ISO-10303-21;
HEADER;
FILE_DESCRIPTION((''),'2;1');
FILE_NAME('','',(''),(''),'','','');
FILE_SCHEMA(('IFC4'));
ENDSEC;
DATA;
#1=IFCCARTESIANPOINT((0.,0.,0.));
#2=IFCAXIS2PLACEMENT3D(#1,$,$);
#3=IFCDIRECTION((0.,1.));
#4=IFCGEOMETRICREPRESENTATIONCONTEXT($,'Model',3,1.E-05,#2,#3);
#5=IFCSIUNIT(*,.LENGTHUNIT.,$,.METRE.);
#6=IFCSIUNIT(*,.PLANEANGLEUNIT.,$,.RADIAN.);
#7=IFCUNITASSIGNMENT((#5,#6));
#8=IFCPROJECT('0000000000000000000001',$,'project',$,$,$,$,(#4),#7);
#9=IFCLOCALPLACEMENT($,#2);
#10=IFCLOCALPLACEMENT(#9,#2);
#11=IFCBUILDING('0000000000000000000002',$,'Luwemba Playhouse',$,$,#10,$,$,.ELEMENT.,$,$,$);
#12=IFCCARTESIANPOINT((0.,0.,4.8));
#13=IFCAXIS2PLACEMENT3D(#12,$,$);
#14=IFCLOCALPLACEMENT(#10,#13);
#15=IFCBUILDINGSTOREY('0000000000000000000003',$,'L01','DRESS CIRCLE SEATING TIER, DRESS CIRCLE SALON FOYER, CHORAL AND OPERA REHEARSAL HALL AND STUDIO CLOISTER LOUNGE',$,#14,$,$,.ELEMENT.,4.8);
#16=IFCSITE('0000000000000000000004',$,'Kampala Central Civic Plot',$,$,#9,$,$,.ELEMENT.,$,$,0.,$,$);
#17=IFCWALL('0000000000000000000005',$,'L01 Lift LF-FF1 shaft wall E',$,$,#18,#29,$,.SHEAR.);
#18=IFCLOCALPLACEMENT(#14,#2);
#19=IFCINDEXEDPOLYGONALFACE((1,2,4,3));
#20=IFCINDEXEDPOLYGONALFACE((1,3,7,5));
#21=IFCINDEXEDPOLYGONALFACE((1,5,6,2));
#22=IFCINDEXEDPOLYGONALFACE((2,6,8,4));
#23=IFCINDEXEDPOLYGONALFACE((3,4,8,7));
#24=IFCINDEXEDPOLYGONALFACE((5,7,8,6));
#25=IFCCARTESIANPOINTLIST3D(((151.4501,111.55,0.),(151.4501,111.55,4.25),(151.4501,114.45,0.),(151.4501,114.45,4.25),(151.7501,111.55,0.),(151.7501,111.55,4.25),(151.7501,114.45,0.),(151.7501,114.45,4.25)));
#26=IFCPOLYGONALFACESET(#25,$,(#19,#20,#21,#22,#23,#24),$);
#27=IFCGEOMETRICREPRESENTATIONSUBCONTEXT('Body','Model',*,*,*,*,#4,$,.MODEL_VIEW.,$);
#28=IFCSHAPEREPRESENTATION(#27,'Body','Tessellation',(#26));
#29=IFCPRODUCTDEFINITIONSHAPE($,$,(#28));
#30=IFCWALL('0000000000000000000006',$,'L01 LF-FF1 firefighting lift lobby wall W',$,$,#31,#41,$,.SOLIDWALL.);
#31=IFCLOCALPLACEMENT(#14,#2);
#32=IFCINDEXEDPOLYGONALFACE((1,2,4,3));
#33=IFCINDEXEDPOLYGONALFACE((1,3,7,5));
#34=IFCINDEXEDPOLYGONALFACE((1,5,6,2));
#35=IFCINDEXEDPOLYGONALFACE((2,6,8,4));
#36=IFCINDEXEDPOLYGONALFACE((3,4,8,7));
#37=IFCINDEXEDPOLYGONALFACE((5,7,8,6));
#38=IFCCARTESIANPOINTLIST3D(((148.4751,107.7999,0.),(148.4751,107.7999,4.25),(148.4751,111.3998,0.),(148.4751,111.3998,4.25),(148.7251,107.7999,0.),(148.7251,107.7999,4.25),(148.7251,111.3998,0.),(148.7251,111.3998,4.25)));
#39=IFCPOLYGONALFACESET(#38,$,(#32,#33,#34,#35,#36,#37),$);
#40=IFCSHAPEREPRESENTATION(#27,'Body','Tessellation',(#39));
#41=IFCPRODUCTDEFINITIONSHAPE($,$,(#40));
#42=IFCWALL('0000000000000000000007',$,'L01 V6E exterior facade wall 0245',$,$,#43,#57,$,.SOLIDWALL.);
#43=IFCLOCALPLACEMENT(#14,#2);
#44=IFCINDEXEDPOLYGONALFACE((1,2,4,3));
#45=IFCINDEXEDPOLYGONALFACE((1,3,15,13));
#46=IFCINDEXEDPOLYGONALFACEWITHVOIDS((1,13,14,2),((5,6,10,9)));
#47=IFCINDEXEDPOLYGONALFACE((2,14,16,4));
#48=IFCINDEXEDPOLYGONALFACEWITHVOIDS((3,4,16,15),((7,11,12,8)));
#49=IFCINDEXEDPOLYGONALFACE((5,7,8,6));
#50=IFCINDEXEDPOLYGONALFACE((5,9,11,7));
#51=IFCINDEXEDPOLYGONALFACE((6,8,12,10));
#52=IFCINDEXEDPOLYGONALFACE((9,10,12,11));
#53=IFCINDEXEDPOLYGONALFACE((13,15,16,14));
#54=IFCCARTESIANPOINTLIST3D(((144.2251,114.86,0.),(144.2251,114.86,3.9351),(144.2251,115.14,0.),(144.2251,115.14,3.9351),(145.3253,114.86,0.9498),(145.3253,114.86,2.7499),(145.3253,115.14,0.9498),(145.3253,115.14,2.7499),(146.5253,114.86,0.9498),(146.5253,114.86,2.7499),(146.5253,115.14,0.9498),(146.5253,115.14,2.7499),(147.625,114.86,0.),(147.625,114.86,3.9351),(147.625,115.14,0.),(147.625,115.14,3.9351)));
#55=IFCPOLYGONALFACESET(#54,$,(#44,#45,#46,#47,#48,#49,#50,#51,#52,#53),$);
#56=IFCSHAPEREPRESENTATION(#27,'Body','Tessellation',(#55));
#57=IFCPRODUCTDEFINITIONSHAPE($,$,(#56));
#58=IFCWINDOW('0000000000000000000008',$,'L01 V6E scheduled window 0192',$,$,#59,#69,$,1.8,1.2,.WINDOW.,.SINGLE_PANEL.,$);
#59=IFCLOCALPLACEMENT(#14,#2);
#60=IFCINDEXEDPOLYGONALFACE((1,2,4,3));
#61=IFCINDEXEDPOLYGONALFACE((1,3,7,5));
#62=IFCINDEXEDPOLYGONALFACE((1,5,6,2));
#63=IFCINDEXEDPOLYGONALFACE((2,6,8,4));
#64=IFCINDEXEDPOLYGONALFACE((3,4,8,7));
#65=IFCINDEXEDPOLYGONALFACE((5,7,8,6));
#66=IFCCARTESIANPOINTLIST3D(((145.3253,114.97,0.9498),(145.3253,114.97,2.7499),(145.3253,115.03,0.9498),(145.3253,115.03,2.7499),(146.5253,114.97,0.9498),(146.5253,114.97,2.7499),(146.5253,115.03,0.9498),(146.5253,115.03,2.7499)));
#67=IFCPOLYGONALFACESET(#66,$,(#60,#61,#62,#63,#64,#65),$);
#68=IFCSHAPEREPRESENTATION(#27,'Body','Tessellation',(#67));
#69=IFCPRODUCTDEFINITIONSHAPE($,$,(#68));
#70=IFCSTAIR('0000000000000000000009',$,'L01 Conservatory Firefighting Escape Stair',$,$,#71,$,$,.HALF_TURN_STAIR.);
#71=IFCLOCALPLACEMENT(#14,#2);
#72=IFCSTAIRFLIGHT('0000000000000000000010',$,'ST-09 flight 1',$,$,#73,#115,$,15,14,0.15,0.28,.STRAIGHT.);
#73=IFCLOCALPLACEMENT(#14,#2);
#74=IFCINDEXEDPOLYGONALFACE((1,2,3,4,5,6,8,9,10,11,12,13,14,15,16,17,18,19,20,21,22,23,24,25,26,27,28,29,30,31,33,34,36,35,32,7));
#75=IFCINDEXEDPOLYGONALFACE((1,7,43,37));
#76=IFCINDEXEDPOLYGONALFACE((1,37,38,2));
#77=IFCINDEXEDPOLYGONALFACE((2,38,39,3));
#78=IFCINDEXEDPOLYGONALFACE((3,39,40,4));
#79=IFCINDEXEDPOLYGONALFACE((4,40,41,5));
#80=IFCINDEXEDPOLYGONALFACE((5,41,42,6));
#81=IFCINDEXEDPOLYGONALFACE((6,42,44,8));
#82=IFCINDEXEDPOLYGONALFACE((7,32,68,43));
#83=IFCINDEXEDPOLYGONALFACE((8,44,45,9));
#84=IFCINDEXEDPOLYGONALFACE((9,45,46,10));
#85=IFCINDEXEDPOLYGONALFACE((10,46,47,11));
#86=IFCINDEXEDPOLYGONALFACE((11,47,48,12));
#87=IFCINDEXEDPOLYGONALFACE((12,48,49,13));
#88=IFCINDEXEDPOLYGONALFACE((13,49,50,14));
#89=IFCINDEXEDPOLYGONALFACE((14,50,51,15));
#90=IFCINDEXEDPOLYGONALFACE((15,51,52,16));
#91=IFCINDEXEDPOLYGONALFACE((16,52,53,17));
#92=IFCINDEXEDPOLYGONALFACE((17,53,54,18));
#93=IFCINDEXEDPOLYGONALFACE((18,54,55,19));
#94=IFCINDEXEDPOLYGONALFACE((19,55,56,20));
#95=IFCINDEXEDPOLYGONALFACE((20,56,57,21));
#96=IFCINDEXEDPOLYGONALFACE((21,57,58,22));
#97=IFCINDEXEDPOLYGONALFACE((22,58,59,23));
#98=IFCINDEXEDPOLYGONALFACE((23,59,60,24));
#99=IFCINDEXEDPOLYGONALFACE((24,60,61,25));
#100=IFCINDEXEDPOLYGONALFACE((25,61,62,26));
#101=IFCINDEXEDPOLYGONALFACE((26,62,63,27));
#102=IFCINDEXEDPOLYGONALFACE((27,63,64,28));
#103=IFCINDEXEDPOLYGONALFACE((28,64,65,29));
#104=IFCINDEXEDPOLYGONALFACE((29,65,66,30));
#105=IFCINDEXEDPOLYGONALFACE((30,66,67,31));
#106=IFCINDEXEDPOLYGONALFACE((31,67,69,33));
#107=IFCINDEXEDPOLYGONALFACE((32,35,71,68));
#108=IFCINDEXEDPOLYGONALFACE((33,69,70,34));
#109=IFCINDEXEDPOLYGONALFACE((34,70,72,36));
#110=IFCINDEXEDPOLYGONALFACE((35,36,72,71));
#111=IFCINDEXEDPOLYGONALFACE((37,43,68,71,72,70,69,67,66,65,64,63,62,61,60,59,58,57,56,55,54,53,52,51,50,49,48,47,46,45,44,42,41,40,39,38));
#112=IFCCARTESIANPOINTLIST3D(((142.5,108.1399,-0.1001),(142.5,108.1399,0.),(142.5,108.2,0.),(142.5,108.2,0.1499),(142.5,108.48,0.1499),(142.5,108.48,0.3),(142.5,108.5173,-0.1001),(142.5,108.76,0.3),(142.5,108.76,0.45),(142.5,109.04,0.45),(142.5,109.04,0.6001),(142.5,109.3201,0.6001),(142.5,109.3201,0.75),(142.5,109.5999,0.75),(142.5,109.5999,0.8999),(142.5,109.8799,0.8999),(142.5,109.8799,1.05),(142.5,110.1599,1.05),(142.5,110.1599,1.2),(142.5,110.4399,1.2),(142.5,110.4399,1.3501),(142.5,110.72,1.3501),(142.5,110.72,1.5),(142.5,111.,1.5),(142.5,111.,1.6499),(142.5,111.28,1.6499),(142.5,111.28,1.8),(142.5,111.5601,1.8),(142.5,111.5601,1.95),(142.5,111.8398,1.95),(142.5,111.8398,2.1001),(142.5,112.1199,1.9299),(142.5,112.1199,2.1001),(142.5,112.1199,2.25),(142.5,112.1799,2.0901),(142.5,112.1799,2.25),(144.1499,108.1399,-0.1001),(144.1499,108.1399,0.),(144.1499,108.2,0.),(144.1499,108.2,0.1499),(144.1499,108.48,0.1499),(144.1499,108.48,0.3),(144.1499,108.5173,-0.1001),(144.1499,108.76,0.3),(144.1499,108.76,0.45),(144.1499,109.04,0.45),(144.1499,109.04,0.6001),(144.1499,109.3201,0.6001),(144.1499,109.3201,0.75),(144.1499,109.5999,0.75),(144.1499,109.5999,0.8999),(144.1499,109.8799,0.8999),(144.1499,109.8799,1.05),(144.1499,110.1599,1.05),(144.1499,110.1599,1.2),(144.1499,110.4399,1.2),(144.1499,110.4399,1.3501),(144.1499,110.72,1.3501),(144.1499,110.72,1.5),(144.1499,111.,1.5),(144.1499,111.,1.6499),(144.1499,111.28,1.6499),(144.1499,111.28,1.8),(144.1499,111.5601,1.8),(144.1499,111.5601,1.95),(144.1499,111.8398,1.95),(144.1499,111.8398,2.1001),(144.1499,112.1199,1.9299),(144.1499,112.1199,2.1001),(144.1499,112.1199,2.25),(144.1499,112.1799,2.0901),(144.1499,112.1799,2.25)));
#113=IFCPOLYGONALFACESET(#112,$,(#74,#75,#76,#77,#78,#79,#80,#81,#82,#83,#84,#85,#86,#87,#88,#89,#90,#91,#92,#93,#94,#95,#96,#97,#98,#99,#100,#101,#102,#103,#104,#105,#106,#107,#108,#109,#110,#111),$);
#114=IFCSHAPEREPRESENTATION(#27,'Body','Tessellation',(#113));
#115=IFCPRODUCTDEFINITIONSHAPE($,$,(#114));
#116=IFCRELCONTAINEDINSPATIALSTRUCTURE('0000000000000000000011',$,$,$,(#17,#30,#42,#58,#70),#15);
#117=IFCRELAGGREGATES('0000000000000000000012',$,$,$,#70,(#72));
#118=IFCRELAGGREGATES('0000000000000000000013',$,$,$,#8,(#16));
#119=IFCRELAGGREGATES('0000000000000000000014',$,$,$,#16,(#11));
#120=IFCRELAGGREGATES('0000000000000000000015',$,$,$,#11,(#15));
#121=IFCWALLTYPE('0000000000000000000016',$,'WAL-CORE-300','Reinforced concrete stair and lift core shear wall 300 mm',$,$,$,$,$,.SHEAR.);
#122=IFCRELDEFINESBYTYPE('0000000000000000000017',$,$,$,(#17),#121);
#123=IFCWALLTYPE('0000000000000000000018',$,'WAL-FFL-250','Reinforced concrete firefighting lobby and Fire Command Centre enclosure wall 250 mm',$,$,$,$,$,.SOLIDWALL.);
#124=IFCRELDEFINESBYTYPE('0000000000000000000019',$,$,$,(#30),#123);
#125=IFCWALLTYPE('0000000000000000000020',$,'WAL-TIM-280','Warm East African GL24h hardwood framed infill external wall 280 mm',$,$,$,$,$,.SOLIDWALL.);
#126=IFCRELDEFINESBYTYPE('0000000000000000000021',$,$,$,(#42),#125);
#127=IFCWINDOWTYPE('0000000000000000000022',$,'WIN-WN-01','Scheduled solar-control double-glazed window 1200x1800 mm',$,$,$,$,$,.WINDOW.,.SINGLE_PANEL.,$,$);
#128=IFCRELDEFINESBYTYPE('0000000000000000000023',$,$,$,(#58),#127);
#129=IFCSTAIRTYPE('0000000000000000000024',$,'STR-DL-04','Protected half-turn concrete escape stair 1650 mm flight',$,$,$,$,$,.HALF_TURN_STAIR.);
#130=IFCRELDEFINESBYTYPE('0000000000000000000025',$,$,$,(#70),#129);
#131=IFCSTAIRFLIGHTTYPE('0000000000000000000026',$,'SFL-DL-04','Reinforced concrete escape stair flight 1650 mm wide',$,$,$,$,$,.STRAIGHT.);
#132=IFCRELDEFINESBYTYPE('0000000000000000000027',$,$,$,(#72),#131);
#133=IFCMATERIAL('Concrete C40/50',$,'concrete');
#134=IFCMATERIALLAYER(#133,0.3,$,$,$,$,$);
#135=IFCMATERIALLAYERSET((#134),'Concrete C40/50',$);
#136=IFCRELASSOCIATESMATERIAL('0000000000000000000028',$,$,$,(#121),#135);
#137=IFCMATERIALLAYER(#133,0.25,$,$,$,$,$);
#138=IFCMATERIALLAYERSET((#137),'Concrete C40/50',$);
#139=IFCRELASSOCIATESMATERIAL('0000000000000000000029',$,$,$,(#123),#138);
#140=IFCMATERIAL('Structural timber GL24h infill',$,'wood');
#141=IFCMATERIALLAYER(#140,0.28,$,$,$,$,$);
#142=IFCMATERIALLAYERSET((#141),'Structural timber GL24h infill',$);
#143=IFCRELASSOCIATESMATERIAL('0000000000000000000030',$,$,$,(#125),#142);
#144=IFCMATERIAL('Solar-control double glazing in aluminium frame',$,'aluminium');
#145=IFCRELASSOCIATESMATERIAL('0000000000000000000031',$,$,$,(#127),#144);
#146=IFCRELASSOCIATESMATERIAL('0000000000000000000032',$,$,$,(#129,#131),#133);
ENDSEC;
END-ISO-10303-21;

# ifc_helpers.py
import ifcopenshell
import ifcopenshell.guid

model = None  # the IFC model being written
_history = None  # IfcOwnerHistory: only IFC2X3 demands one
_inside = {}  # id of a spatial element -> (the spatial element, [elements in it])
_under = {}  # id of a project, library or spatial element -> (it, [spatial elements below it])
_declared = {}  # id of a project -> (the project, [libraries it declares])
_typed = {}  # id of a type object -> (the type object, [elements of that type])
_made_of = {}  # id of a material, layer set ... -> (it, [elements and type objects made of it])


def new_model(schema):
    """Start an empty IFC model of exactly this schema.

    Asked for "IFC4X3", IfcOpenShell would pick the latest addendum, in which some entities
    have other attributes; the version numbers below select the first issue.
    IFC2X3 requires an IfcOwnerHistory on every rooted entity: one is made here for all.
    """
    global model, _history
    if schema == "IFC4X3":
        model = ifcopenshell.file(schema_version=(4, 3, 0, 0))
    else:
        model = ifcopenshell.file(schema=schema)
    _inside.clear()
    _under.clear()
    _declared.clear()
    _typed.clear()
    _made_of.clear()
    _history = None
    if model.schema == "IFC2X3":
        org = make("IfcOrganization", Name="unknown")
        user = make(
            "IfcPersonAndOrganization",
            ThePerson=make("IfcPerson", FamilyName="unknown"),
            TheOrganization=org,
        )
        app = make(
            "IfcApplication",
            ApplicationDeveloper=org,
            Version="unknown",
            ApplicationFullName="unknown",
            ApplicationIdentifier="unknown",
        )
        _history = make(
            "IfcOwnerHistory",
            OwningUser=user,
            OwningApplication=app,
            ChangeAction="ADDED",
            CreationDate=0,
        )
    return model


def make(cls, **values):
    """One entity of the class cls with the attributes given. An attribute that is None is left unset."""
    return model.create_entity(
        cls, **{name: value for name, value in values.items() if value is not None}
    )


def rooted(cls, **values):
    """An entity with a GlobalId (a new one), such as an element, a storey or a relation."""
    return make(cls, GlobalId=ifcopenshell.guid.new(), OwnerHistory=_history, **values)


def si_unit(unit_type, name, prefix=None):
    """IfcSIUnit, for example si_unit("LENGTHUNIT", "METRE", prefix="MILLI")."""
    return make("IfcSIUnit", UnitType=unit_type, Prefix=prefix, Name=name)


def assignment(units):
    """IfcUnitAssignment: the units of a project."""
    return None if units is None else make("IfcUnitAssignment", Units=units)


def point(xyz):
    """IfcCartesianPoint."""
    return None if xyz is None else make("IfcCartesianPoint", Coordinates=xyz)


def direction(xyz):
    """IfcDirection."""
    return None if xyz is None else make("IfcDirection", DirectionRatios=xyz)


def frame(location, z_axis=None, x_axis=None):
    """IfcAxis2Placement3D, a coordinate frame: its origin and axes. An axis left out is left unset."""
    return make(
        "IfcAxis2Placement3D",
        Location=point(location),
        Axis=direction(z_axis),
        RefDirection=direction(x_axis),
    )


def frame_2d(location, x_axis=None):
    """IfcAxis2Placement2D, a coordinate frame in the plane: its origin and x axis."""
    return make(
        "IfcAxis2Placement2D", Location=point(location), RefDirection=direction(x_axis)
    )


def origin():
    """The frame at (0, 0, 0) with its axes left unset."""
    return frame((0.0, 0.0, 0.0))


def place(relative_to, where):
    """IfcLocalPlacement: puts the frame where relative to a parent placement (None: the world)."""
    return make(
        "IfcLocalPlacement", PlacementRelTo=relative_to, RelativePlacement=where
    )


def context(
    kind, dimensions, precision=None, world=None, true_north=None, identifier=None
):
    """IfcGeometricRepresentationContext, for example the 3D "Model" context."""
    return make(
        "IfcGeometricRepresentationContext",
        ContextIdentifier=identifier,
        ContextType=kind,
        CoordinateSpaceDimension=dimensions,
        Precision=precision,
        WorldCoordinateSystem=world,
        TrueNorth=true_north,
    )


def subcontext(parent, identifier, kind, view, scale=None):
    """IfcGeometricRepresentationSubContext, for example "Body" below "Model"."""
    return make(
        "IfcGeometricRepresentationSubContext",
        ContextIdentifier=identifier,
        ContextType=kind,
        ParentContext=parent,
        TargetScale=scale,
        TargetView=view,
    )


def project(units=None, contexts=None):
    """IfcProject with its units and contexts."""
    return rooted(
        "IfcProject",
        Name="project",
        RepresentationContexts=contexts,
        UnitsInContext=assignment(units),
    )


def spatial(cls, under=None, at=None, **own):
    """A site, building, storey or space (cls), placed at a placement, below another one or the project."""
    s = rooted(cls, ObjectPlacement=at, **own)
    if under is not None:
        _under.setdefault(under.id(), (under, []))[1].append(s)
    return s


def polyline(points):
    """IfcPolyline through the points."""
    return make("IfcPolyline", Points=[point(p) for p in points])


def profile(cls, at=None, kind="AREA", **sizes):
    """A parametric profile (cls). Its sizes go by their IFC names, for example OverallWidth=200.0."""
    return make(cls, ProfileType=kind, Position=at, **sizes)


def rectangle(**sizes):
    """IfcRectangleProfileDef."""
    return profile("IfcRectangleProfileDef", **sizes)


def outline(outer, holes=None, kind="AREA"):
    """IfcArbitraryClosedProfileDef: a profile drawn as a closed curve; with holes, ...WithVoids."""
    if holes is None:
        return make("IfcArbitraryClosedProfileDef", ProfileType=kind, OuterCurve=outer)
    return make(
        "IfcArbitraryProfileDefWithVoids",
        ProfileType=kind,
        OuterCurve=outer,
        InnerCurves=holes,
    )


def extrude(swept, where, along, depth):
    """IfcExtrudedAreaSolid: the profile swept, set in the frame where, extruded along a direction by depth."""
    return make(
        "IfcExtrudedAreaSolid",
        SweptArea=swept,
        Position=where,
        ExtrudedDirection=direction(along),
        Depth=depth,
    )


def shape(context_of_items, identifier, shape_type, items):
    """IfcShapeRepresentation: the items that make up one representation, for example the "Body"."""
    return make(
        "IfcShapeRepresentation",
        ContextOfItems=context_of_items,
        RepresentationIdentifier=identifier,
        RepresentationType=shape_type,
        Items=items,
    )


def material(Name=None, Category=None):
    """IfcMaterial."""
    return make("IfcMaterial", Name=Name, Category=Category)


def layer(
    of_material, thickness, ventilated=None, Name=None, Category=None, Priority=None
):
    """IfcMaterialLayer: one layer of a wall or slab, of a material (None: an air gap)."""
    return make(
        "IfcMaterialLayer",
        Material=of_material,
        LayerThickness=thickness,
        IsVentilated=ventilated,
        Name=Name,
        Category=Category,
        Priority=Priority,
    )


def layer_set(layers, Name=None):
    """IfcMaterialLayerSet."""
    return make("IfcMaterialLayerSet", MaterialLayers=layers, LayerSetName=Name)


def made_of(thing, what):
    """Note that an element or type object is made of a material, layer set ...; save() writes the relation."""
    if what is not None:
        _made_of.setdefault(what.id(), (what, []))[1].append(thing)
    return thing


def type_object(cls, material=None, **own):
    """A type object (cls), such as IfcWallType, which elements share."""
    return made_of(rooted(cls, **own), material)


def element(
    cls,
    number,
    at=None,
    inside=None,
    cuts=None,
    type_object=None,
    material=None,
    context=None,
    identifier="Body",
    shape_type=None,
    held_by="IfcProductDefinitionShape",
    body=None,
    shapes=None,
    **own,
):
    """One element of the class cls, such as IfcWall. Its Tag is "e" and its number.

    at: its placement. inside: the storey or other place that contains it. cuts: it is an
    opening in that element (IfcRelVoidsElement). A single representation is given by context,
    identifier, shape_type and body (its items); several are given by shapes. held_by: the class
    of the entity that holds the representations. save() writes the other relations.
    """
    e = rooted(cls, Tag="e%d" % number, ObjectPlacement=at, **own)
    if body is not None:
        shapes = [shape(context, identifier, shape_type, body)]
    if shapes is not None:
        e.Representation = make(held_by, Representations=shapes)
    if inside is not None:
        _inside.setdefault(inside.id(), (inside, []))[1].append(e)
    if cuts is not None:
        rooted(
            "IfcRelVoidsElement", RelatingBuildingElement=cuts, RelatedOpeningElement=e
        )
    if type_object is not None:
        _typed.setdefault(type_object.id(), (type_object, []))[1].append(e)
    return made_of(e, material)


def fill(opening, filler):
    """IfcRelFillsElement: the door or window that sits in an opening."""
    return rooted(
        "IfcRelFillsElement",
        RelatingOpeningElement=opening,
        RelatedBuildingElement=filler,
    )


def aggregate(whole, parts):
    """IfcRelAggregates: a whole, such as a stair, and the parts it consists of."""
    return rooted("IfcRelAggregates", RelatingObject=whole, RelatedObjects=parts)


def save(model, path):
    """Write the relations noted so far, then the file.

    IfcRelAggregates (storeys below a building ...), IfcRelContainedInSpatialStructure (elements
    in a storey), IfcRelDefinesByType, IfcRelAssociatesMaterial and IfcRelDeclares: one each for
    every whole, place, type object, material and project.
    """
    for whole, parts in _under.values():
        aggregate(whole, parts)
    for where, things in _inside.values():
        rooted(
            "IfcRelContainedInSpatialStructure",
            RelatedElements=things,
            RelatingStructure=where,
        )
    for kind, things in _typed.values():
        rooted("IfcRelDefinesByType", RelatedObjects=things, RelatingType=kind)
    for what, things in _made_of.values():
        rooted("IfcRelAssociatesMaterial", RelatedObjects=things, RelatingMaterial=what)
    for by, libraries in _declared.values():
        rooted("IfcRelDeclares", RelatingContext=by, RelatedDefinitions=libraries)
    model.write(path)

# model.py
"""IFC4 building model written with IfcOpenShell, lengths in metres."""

from ifc_helpers import new_model, si_unit, direction, frame, frame_2d, origin, place, context, subcontext, project, spatial, polyline, rectangle, outline, extrude, material, layer, layer_set, type_object, element, fill, aggregate, save


model = new_model("IFC4")

# Units and contexts
model_context = context("Model", 3, precision=1e-05, world=origin(), true_north=direction((0.0, 1.0)))
body_context = subcontext(model_context, "Body", "Model", "MODEL_VIEW")
ifc_project = project(units=[si_unit("LENGTHUNIT", "METRE"), si_unit("PLANEANGLEUNIT", "RADIAN")], contexts=[model_context])

# Site, building, storey
site_placement = place(None, origin())
site = spatial("IfcSite", under=ifc_project, at=site_placement, Name="Kampala Central Civic Plot", CompositionType="ELEMENT", RefElevation=0.0)
building_placement = place(site_placement, origin())
building = spatial("IfcBuilding", under=site, at=building_placement, Name="Luwemba Playhouse", CompositionType="ELEMENT")
storey_placement = place(building_placement, frame((0.0, 0.0, 4.8)))
storey = spatial("IfcBuildingStorey", under=building, at=storey_placement, Name="L01", Description="DRESS CIRCLE SEATING TIER, DRESS CIRCLE SALON FOYER, CHORAL AND OPERA REHEARSAL HALL AND STUDIO CLOISTER LOUNGE", CompositionType="ELEMENT", Elevation=4.8)

# Shared definitions
ifc_material_1 = material(Name="Concrete C40/50", Category="concrete")

# Shared definitions
ifc_material_2 = material(Name="Solar-control double glazing in aluminium frame", Category="aluminium")

# Shared definitions
ifc_layer_1 = layer(ifc_material_1, 0.3)
ifc_layer_set_1 = layer_set([ifc_layer_1], Name="Concrete C40/50")
wall_type_1 = type_object("IfcWallType", Name="WAL-CORE-300", Description="Reinforced concrete stair and lift core shear wall 300 mm", PredefinedType="SHEAR", material=ifc_layer_set_1)

# Walls
for number, where, z_axis, x_axis, name in (
    (1, (151.6001, 114.45, 0.0), (0.0, 0.0, 1.0), (0.0, -1.0, 0.0), "L01 Lift LF-FF1 shaft wall E"),
):
    element("IfcWall", number, at=place(storey_placement, frame(where, z_axis=z_axis, x_axis=x_axis)), inside=storey, type_object=wall_type_1, Name=name, PredefinedType="SHEAR", context=body_context, shape_type="SweptSolid", body=[
        extrude(rectangle(XDim=2.8999, YDim=0.3, at=frame_2d((1.45, 0.0))), origin(), (0.0, 0.0, 1.0), 4.25),
    ])
ifc_layer_2 = layer(ifc_material_1, 0.25)
ifc_layer_set_2 = layer_set([ifc_layer_2], Name="Concrete C40/50")
wall_type_2 = type_object("IfcWallType", Name="WAL-FFL-250", Description="Reinforced concrete firefighting lobby and Fire Command Centre enclosure wall 250 mm", PredefinedType="SOLIDWALL", material=ifc_layer_set_2)
wall_1_placement = place(storey_placement, frame((148.6001, 107.8, 0.0), z_axis=(0.0, 0.0, 1.0), x_axis=(0.0, 1.0, 0.0)))
element("IfcWall", 2, at=wall_1_placement, inside=storey, type_object=wall_type_2, Name="L01 LF-FF1 firefighting lift lobby wall W", PredefinedType="SOLIDWALL", context=body_context, shape_type="SweptSolid", body=[
    extrude(rectangle(XDim=3.5999, YDim=0.25, at=frame_2d((1.7998, 0.0))), origin(), (0.0, 0.0, 1.0), 4.25),
])

# Wall, opening, window
ifc_material_3 = material(Name="Structural timber GL24h infill", Category="wood")
ifc_layer_3 = layer(ifc_material_3, 0.28)
ifc_layer_set_3 = layer_set([ifc_layer_3], Name="Structural timber GL24h infill")
wall_type_3 = type_object("IfcWallType", Name="WAL-TIM-280", Description="Warm East African GL24h hardwood framed infill external wall 280 mm", PredefinedType="SOLIDWALL", material=ifc_layer_set_3)
wall_2_placement = place(storey_placement, frame((144.2251, 115.0, 0.0), z_axis=(0.0, 0.0, 1.0), x_axis=(1.0, 0.0, 0.0)))
wall_2 = element("IfcWall", 3, at=wall_2_placement, inside=storey, type_object=wall_type_3, Name="L01 V6E exterior facade wall 0245", PredefinedType="SOLIDWALL", context=body_context, shape_type="SweptSolid", body=[
    extrude(rectangle(XDim=3.3999, YDim=0.28, at=frame_2d((1.7, 0.0))), origin(), (0.0, 0.0, 1.0), 3.9351),
])
opening_1_placement = place(wall_2_placement, frame((1.1001, 0.0, 0.95)))
opening_1 = element("IfcOpeningElement", 4, at=opening_1_placement, cuts=wall_2, PredefinedType="OPENING", context=body_context, shape_type="SweptSolid", body=[
    extrude(rectangle(XDim=1.2, YDim=1.8, at=frame_2d((0.6001, 0.8999))), frame((0.0, 0.1499, 0.0), z_axis=(0.0, -1.0, 0.0), x_axis=(1.0, 0.0, 0.0)), (0.0, 0.0, 1.0), 0.3),
])
window_type_1 = type_object("IfcWindowType", Name="WIN-WN-01", Description="Scheduled solar-control double-glazed window 1200x1800 mm", PartitioningType="SINGLE_PANEL", PredefinedType="WINDOW", material=ifc_material_2)
window_1_placement = place(opening_1_placement, origin())
window_1 = element("IfcWindow", 5, at=window_1_placement, inside=storey, type_object=window_type_1, Name="L01 V6E scheduled window 0192", OverallHeight=1.8, OverallWidth=1.2, PartitioningType="SINGLE_PANEL", PredefinedType="WINDOW", context=body_context, shape_type="SweptSolid", body=[
    extrude(rectangle(XDim=1.2, YDim=1.8, at=frame_2d((0.6001, 0.8999))), frame((0.0, 0.03, 0.0), z_axis=(0.0, -1.0, 0.0), x_axis=(1.0, 0.0, 0.0)), (0.0, 0.0, 1.0), 0.0601),
])
fill(opening_1, window_1)

# Stair, stair flight
stair_type = type_object("IfcStairType", Name="STR-DL-04", Description="Protected half-turn concrete escape stair 1650 mm flight", PredefinedType="HALF_TURN_STAIR", material=ifc_material_1)
stair_placement = place(storey_placement, origin())
stair = element("IfcStair", 6, at=stair_placement, inside=storey, type_object=stair_type, Name="L01 Conservatory Firefighting Escape Stair", PredefinedType="HALF_TURN_STAIR")
stair_flight_type = type_object("IfcStairFlightType", Name="SFL-DL-04", Description="Reinforced concrete escape stair flight 1650 mm wide", PredefinedType="STRAIGHT", material=ifc_material_1)
stair_flight_placement = place(storey_placement, frame((143.325, 108.2, 0.0), z_axis=(0.0, 0.0, 1.0), x_axis=(0.0, 1.0, 0.0)))
stair_flight = element("IfcStairFlight", 7, at=stair_flight_placement, type_object=stair_flight_type, Name="ST-09 flight 1", NumberOfRisers=15, NumberOfTreads=14, PredefinedType="STRAIGHT", RiserHeight=0.15, TreadLength=0.28, context=body_context, shape_type="SweptSolid", body=[
    extrude(outline(polyline([(-0.0601, -0.1001), (-0.0601, 0.0), (0.0, 0.0), (0.0, 0.1499), (0.28, 0.1499), (0.28, 0.3), (0.5601, 0.3), (0.5601, 0.45), (0.8401, 0.45), (0.8401, 0.6001), (1.1201, 0.6001), (1.1201, 0.75), (1.3999, 0.75), (1.3999, 0.8999), (1.6799, 0.8999), (1.6799, 1.05), (1.96, 1.05), (1.96, 1.2), (2.24, 1.2), (2.24, 1.3501), (2.52, 1.3501), (2.52, 1.5), (2.8, 1.5), (2.8, 1.6499), (3.0801, 1.6499), (3.0801, 1.8), (3.3601, 1.8), (3.3601, 1.95), (3.6399, 1.95), (3.6399, 2.1001), (3.9199, 2.1001), (3.9199, 2.25), (3.98, 2.25), (3.98, 2.0901), (3.9199, 1.9299), (0.3174, -0.1001), (-0.0601, -0.1001)])), frame((0.0, 0.825, 0.0), z_axis=(0.0, -1.0, 0.0), x_axis=(1.0, 0.0, 0.0)), (0.0, 0.0, 1.0), 1.6499),
])
aggregate(stair, [stair_flight])

save(model, "model.ifc")
